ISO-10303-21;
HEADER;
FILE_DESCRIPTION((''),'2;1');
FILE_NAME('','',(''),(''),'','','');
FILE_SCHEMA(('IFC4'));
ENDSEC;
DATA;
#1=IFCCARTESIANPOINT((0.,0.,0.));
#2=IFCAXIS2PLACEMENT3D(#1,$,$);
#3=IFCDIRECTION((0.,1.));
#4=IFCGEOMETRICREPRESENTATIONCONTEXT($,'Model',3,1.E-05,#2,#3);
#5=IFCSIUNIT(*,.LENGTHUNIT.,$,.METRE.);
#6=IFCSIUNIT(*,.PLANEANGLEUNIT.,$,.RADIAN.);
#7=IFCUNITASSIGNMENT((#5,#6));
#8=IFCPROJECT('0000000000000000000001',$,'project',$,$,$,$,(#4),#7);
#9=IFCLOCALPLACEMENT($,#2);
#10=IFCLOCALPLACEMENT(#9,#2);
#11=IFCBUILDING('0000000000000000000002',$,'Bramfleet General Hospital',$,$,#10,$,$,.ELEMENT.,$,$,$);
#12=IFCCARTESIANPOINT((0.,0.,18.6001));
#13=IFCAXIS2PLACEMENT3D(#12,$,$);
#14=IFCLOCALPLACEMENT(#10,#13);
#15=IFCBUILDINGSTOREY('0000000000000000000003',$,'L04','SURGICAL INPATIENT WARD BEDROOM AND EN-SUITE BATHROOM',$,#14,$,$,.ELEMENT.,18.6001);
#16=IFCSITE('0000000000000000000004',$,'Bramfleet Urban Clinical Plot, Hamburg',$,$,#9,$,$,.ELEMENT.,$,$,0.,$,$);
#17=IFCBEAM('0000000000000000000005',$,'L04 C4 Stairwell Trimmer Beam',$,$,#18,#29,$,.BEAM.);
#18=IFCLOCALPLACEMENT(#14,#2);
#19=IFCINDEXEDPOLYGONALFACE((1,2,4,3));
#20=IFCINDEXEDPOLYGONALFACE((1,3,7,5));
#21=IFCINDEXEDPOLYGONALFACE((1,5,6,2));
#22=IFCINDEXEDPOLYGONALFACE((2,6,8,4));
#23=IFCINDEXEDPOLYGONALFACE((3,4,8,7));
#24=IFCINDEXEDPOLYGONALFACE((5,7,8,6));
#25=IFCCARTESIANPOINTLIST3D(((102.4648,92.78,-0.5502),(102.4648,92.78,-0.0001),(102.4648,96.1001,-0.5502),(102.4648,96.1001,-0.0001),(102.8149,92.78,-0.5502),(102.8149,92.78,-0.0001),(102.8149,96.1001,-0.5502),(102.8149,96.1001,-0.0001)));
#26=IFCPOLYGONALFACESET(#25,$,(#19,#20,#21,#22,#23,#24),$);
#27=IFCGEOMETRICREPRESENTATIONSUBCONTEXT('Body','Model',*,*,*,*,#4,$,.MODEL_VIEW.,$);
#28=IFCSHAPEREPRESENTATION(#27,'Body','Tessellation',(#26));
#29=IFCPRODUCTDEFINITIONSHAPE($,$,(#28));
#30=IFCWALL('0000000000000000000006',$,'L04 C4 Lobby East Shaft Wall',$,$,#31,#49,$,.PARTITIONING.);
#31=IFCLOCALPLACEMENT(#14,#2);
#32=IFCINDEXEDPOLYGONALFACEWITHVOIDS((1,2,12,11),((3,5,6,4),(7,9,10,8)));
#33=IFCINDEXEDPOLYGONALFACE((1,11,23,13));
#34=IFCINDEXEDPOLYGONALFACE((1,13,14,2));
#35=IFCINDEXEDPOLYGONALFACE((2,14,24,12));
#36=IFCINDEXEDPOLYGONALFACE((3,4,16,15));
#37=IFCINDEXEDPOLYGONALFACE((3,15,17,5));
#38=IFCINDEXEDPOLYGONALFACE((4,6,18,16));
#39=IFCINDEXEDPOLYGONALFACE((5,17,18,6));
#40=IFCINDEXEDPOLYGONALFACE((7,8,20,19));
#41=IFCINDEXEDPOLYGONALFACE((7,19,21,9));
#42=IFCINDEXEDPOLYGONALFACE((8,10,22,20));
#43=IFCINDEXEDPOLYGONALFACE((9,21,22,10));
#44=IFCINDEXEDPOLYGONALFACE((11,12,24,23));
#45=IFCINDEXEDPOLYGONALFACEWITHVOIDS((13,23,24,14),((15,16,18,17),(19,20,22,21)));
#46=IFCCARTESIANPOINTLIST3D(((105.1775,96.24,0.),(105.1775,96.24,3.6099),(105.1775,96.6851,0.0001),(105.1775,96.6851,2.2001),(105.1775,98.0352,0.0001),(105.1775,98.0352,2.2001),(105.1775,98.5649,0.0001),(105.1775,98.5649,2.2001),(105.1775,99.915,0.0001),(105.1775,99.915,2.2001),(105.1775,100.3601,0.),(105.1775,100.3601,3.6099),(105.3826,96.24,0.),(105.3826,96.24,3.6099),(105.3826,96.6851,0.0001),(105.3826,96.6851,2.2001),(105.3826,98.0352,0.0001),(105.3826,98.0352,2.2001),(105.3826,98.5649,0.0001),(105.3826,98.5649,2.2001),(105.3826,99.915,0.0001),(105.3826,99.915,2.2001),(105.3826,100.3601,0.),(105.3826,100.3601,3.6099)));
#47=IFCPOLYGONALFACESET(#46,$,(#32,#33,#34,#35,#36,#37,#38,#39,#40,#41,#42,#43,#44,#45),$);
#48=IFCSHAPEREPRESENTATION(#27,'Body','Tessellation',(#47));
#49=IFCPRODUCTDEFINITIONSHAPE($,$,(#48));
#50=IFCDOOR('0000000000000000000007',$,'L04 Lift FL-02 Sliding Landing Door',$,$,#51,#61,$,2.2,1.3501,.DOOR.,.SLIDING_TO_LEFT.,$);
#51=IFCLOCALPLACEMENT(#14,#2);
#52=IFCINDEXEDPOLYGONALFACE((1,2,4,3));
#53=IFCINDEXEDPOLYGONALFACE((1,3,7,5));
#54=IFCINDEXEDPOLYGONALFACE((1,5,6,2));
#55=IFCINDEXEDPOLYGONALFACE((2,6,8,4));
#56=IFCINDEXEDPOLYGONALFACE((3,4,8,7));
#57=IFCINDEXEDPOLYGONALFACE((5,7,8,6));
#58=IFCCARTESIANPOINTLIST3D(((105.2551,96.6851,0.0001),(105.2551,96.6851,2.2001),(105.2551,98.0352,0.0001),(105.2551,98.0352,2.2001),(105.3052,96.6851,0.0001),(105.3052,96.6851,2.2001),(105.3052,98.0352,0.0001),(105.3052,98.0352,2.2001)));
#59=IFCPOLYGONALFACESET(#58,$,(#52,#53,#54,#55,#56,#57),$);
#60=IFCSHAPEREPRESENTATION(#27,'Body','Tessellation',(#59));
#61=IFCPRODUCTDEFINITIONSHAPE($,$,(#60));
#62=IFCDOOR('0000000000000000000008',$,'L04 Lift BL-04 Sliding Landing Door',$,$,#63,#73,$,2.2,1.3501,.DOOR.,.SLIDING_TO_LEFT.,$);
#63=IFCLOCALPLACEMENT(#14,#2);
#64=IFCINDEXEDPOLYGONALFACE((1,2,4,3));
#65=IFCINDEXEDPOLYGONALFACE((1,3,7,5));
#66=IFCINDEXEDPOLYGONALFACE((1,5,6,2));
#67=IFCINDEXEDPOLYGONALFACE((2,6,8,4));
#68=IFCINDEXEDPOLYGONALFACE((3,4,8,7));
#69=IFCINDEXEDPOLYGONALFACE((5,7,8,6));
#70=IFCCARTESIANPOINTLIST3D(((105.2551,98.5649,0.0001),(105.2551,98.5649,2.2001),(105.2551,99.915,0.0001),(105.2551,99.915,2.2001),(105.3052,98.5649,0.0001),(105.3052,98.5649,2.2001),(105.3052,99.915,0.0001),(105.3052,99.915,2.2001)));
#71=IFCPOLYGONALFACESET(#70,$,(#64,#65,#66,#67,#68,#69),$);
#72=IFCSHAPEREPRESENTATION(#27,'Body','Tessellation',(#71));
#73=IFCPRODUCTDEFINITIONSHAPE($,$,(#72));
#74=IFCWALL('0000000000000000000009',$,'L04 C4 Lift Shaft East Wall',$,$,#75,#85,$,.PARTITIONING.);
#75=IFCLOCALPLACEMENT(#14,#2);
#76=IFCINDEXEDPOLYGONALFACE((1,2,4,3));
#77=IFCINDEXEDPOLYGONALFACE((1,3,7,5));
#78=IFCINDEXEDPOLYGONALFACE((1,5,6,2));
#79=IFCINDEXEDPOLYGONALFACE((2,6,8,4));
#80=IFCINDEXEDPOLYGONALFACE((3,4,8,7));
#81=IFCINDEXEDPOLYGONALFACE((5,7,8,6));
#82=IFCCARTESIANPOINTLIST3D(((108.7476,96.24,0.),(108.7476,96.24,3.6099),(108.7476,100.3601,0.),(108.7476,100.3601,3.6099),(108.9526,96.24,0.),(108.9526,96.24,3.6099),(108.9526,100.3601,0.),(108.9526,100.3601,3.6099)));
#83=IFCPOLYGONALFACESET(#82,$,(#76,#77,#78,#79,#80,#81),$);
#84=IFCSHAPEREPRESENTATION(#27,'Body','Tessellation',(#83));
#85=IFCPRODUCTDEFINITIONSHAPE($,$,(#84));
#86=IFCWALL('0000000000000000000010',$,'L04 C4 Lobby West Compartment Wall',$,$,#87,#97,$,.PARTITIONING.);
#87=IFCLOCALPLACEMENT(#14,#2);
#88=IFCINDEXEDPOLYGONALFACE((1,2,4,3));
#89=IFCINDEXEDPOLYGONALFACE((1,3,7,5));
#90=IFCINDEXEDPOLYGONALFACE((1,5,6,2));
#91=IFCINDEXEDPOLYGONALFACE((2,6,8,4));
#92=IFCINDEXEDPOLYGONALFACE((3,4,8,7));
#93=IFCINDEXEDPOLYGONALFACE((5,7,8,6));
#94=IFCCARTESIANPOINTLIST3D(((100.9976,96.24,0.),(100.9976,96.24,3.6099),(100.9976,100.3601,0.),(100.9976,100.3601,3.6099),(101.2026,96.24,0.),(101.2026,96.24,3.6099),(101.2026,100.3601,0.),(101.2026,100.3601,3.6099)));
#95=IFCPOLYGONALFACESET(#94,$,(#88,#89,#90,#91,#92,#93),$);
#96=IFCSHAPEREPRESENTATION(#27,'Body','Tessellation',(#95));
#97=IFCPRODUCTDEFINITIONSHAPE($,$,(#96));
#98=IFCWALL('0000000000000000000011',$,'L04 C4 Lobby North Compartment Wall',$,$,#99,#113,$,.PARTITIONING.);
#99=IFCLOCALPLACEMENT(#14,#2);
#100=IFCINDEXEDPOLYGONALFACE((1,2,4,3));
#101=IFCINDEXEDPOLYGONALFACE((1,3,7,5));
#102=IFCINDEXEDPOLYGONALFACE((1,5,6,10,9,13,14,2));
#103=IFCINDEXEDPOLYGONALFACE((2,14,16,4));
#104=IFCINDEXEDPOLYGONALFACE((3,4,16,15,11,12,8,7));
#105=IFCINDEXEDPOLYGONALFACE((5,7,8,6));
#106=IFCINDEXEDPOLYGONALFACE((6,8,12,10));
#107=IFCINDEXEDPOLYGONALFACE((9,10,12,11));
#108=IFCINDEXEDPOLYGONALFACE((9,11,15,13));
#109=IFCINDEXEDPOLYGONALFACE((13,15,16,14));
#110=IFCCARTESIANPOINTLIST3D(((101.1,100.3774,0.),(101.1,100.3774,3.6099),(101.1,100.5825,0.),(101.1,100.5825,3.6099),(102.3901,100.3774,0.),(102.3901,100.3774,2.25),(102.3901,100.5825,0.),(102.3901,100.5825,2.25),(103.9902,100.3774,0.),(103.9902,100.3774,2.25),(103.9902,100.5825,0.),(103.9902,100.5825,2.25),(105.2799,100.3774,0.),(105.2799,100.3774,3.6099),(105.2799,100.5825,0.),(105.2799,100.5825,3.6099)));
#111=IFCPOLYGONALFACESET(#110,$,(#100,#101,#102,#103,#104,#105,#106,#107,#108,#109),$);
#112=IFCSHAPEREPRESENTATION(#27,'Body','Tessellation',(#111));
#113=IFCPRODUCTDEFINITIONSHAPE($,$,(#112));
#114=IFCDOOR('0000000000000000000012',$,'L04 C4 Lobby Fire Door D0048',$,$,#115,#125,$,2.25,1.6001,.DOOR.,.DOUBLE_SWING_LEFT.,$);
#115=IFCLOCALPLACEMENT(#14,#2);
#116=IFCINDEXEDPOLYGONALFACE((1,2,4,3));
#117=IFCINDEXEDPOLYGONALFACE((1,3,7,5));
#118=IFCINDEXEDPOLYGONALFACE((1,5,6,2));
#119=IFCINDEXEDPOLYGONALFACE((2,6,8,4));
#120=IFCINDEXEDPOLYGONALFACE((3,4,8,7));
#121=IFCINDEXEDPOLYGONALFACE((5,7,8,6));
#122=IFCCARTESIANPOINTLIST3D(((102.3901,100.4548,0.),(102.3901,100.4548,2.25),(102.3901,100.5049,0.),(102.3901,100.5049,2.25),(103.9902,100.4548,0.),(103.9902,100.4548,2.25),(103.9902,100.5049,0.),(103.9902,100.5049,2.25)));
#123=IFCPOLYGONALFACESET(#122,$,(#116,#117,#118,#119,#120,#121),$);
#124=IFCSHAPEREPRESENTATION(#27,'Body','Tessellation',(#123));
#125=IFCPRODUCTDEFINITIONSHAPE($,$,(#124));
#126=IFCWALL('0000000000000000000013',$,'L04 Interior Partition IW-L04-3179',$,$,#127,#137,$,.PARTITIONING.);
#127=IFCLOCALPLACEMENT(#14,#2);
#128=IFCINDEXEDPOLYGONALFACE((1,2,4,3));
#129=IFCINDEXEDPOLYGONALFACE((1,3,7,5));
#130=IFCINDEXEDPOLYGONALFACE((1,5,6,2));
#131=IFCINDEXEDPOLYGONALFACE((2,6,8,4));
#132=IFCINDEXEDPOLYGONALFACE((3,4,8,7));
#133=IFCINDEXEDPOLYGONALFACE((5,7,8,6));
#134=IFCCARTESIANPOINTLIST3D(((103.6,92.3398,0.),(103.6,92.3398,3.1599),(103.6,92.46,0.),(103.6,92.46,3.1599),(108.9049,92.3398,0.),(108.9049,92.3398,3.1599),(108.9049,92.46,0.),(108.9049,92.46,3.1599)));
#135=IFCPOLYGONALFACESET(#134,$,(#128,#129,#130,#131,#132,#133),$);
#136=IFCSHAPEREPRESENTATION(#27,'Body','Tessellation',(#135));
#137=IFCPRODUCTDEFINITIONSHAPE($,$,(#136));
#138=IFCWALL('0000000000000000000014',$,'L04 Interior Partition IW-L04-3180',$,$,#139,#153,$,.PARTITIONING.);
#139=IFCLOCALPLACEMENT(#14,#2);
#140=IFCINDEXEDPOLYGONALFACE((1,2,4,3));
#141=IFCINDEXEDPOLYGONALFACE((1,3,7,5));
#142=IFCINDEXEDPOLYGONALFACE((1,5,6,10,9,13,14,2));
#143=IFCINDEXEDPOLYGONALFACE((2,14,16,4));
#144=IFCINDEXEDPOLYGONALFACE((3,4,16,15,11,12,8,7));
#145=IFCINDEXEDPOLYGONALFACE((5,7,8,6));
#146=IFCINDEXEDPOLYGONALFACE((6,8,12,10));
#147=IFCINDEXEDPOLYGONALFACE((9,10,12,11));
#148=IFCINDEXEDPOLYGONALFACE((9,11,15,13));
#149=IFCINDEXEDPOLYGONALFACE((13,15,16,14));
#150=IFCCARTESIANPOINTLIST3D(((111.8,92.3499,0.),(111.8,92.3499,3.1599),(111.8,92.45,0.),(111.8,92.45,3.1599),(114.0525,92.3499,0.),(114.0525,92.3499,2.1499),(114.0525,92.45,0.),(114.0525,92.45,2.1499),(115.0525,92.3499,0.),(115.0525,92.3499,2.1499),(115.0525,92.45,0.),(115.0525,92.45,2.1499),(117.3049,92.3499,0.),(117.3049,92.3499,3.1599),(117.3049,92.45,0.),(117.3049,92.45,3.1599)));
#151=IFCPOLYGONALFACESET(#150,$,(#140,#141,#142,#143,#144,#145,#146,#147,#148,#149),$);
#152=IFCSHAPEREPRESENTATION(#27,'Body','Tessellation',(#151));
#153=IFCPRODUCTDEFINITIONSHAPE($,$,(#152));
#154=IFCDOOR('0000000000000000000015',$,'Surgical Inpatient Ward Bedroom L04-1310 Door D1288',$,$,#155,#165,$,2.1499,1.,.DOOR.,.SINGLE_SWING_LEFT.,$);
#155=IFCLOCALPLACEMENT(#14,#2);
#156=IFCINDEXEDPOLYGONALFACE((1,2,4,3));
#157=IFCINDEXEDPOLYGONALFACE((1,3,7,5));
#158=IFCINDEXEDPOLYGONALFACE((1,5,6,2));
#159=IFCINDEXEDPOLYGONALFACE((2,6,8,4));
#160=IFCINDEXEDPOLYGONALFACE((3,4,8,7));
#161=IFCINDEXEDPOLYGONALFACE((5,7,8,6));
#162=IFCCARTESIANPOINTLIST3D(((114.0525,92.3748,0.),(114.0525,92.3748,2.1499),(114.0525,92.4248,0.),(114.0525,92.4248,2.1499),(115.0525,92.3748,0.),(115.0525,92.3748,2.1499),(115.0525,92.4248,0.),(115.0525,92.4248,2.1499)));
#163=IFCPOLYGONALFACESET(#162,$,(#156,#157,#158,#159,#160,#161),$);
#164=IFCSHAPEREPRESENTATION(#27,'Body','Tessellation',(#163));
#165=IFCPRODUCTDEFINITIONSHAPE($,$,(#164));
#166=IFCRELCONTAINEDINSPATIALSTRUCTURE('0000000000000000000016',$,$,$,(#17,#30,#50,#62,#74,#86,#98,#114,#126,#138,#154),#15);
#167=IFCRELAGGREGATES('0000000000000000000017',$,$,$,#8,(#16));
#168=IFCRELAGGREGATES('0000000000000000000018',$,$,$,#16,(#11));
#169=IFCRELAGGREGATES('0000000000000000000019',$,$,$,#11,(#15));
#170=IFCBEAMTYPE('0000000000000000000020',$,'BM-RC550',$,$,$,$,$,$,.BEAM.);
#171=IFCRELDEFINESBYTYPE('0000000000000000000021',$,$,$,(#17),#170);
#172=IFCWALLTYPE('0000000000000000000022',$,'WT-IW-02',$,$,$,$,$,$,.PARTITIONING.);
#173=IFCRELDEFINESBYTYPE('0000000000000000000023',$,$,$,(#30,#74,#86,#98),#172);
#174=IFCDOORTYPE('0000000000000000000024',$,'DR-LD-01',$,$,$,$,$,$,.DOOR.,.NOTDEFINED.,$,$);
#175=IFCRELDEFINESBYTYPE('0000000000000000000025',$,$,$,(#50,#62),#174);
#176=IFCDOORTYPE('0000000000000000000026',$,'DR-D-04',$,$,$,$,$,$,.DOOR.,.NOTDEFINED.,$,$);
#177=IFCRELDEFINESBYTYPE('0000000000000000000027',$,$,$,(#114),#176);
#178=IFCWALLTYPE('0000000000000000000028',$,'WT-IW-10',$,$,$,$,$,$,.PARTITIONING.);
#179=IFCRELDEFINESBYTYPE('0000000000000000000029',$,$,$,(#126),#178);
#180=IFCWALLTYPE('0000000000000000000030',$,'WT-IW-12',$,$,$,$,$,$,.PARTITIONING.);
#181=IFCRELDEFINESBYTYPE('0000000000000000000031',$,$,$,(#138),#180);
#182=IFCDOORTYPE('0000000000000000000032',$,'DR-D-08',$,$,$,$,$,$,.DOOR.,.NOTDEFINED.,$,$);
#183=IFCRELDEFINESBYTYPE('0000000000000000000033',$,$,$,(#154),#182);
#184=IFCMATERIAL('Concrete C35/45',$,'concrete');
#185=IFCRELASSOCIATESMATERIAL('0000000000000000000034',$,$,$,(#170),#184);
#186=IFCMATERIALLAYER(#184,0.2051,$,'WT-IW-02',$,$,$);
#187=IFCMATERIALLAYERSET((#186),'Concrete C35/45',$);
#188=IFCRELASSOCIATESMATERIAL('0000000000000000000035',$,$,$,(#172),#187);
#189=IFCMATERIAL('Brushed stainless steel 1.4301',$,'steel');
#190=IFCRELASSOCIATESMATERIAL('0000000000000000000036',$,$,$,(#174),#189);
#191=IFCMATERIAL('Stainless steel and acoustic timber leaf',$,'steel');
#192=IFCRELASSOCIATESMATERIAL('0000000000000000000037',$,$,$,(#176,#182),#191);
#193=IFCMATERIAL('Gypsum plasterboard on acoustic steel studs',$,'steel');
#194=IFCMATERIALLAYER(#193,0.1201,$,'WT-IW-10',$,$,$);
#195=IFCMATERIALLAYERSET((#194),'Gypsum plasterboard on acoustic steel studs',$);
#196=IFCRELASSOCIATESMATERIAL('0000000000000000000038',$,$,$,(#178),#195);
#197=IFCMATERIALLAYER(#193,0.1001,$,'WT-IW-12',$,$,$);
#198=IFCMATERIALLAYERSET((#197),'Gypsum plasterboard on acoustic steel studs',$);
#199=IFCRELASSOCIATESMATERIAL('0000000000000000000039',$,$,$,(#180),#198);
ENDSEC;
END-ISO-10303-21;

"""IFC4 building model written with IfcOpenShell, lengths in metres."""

from ifc_helpers import new_model, si_unit, direction, frame, frame_2d, origin, origin_2d, place, context, subcontext, project, spatial, rectangle, extrude, material, layer, layer_set, material_profile, profile_set, type_object, element, fill, save


model = new_model("IFC4")

# Units and contexts
model_context = context("Model", 3, precision=1e-05, world=origin(), true_north=direction((0.0, 1.0)))
body_context = subcontext(model_context, "Body", "Model", "MODEL_VIEW")
ifc_project = project(units=[si_unit("LENGTHUNIT", "METRE"), si_unit("PLANEANGLEUNIT", "RADIAN")], contexts=[model_context])

# Site, building, storey
site_placement = place(None, origin())
site = spatial("IfcSite", under=ifc_project, at=site_placement, Name="Bramfleet Urban Clinical Plot, Hamburg", CompositionType="ELEMENT", RefElevation=0.0)
building_placement = place(site_placement, origin())
building = spatial("IfcBuilding", under=site, at=building_placement, Name="Bramfleet General Hospital", CompositionType="ELEMENT")
storey_placement = place(building_placement, frame((0.0, 0.0, 18.6001)))
storey = spatial("IfcBuildingStorey", under=building, at=storey_placement, Name="L04", Description="SURGICAL INPATIENT WARD BEDROOM AND EN-SUITE BATHROOM", CompositionType="ELEMENT", Elevation=18.6001)

# Beam
ifc_material_1 = material(Name="Concrete C35/45", Category="concrete")
ifc_material_profile_1 = material_profile(ifc_material_1, rectangle(XDim=0.3501, YDim=0.55, at=origin_2d()), Name="RC BM 550x350")
ifc_profile_set_1 = profile_set([ifc_material_profile_1], Name="Concrete C35/45")
beam_type_1 = type_object("IfcBeamType", Name="BM-RC550", PredefinedType="BEAM", material=ifc_profile_set_1)
beam_1_placement = place(storey_placement, frame((102.6399, 92.78, -0.2751), z_axis=(0.0, 1.0, 0.0), x_axis=(-1.0, 0.0, 0.0)))
element("IfcBeam", 1, at=beam_1_placement, inside=storey, type_object=beam_type_1, Name="L04 C4 Stairwell Trimmer Beam", PredefinedType="BEAM", context=body_context, shape_type="SweptSolid", body=[
    extrude(rectangle(XDim=0.3501, YDim=0.55, at=origin_2d()), origin(), (0.0, 0.0, 1.0), 3.3201),
])

# Wall, openings, doors
ifc_layer_1 = layer(ifc_material_1, 0.2051, Name="WT-IW-02")
ifc_layer_set_1 = layer_set([ifc_layer_1], Name="Concrete C35/45")
wall_type_1 = type_object("IfcWallType", Name="WT-IW-02", PredefinedType="PARTITIONING", material=ifc_layer_set_1)
wall_1_placement = place(storey_placement, frame((105.28, 96.24, 0.0), z_axis=(0.0, 0.0, 1.0), x_axis=(0.0, 1.0, 0.0)))
wall_1 = element("IfcWall", 2, at=wall_1_placement, inside=storey, type_object=wall_type_1, Name="L04 C4 Lobby East Shaft Wall", PredefinedType="PARTITIONING", context=body_context, shape_type="SweptSolid", body=[
    extrude(rectangle(XDim=4.1201, YDim=0.2051, at=frame_2d((2.0601, 0.0))), origin(), (0.0, 0.0, 1.0), 3.6099),
])
opening_1_placement = place(wall_1_placement, frame((0.4451, 0.0, 0.0)))
opening_1 = element("IfcOpeningElement", 3, at=opening_1_placement, cuts=wall_1, PredefinedType="OPENING", context=body_context, shape_type="SweptSolid", body=[
    extrude(rectangle(XDim=1.3501, YDim=2.2, at=frame_2d((0.675, 1.1001))), frame((0.0, 0.1125, 0.0), z_axis=(0.0, -1.0, 0.0), x_axis=(1.0, 0.0, 0.0)), (0.0, 0.0, 1.0), 0.2251),
])
opening_2_placement = place(wall_1_placement, frame((2.325, 0.0, 0.0)))
opening_2 = element("IfcOpeningElement", 4, at=opening_2_placement, cuts=wall_1, PredefinedType="OPENING", context=body_context, shape_type="SweptSolid", body=[
    extrude(rectangle(XDim=1.3501, YDim=2.2, at=frame_2d((0.675, 1.1001))), frame((0.0, 0.1125, 0.0), z_axis=(0.0, -1.0, 0.0), x_axis=(1.0, 0.0, 0.0)), (0.0, 0.0, 1.0), 0.2251),
])
ifc_material_2 = material(Name="Brushed stainless steel 1.4301", Category="steel")
door_type_1 = type_object("IfcDoorType", Name="DR-LD-01", OperationType="NOTDEFINED", PredefinedType="DOOR", material=ifc_material_2)
door_1_placement = place(opening_1_placement, origin())
door_1 = element("IfcDoor", 5, at=door_1_placement, inside=storey, type_object=door_type_1, Name="L04 Lift FL-02 Sliding Landing Door", OperationType="SLIDING_TO_LEFT", OverallHeight=2.2, OverallWidth=1.3501, PredefinedType="DOOR", context=body_context, shape_type="SweptSolid", body=[
    extrude(rectangle(XDim=1.3501, YDim=2.2, at=frame_2d((0.675, 1.1001))), frame((0.0, 0.0249, 0.0), z_axis=(0.0, -1.0, 0.0), x_axis=(1.0, 0.0, 0.0)), (0.0, 0.0, 1.0), 0.05),
])
fill(opening_1, door_1)
door_2_placement = place(opening_2_placement, origin())
door_2 = element("IfcDoor", 6, at=door_2_placement, inside=storey, type_object=door_type_1, Name="L04 Lift BL-04 Sliding Landing Door", OperationType="SLIDING_TO_LEFT", OverallHeight=2.2, OverallWidth=1.3501, PredefinedType="DOOR", context=body_context, shape_type="SweptSolid", body=[
    extrude(rectangle(XDim=1.3501, YDim=2.2, at=frame_2d((0.675, 1.1001))), frame((0.0, 0.0249, 0.0), z_axis=(0.0, -1.0, 0.0), x_axis=(1.0, 0.0, 0.0)), (0.0, 0.0, 1.0), 0.05),
])
fill(opening_2, door_2)

# Walls
for number, where, z_axis, x_axis, name in (
    (7, (108.8501, 96.24, 0.0), (0.0, 0.0, 1.0), (0.0, 1.0, 0.0), "L04 C4 Lift Shaft East Wall"),
    (8, (101.1001, 96.24, 0.0), (0.0, 0.0, 1.0), (0.0, 1.0, 0.0), "L04 C4 Lobby West Compartment Wall"),
):
    element("IfcWall", number, at=place(storey_placement, frame(where, z_axis=z_axis, x_axis=x_axis)), inside=storey, type_object=wall_type_1, Name=name, PredefinedType="PARTITIONING", context=body_context, shape_type="SweptSolid", body=[
        extrude(rectangle(XDim=4.1201, YDim=0.2051, at=frame_2d((2.0601, 0.0))), origin(), (0.0, 0.0, 1.0), 3.6099),
    ])

# Wall, opening, door
wall_2_placement = place(storey_placement, frame((101.1001, 100.48, 0.0), z_axis=(0.0, 0.0, 1.0), x_axis=(1.0, 0.0, 0.0)))
wall_2 = element("IfcWall", 9, at=wall_2_placement, inside=storey, type_object=wall_type_1, Name="L04 C4 Lobby North Compartment Wall", PredefinedType="PARTITIONING", context=body_context, shape_type="SweptSolid", body=[
    extrude(rectangle(XDim=4.1799, YDim=0.2051, at=frame_2d((2.0898, 0.0))), origin(), (0.0, 0.0, 1.0), 3.6099),
])
opening_3_placement = place(wall_2_placement, frame((1.29, 0.0, 0.0)))
opening_3 = element("IfcOpeningElement", 10, at=opening_3_placement, cuts=wall_2, PredefinedType="OPENING", context=body_context, shape_type="SweptSolid", body=[
    extrude(rectangle(XDim=1.6001, YDim=2.25, at=frame_2d((0.8, 1.125))), frame((0.0, 0.1125, 0.0), z_axis=(0.0, -1.0, 0.0), x_axis=(1.0, 0.0, 0.0)), (0.0, 0.0, 1.0), 0.2251),
])
ifc_material_3 = material(Name="Stainless steel and acoustic timber leaf", Category="steel")
door_type_2 = type_object("IfcDoorType", Name="DR-D-04", OperationType="NOTDEFINED", PredefinedType="DOOR", material=ifc_material_3)
door_3_placement = place(opening_3_placement, origin())
door_3 = element("IfcDoor", 11, at=door_3_placement, inside=storey, type_object=door_type_2, Name="L04 C4 Lobby Fire Door D0048", OperationType="DOUBLE_SWING_LEFT", OverallHeight=2.25, OverallWidth=1.6001, PredefinedType="DOOR", context=body_context, shape_type="SweptSolid", body=[
    extrude(rectangle(XDim=1.6001, YDim=2.25, at=frame_2d((0.8, 1.125))), frame((0.0, 0.0249, 0.0), z_axis=(0.0, -1.0, 0.0), x_axis=(1.0, 0.0, 0.0)), (0.0, 0.0, 1.0), 0.05),
])
fill(opening_3, door_3)

# Wall
ifc_material_4 = material(Name="Gypsum plasterboard on acoustic steel studs", Category="steel")
ifc_layer_2 = layer(ifc_material_4, 0.1201, Name="WT-IW-10")
ifc_layer_set_2 = layer_set([ifc_layer_2], Name="Gypsum plasterboard on acoustic steel studs")
wall_type_2 = type_object("IfcWallType", Name="WT-IW-10", PredefinedType="PARTITIONING", material=ifc_layer_set_2)
wall_3_placement = place(storey_placement, frame((103.6001, 92.3999, 0.0), z_axis=(0.0, 0.0, 1.0), x_axis=(1.0, 0.0, 0.0)))
element("IfcWall", 12, at=wall_3_placement, inside=storey, type_object=wall_type_2, Name="L04 Interior Partition IW-L04-3179", PredefinedType="PARTITIONING", context=body_context, shape_type="SweptSolid", body=[
    extrude(rectangle(XDim=5.3049, YDim=0.1201, at=frame_2d((2.6523, 0.0))), origin(), (0.0, 0.0, 1.0), 3.1599),
])

# Wall, opening, door
ifc_layer_3 = layer(ifc_material_4, 0.1001, Name="WT-IW-12")
ifc_layer_set_3 = layer_set([ifc_layer_3], Name="Gypsum plasterboard on acoustic steel studs")
wall_type_3 = type_object("IfcWallType", Name="WT-IW-12", PredefinedType="PARTITIONING", material=ifc_layer_set_3)
wall_4_placement = place(storey_placement, frame((111.8, 92.3999, 0.0), z_axis=(0.0, 0.0, 1.0), x_axis=(1.0, 0.0, 0.0)))
wall_4 = element("IfcWall", 13, at=wall_4_placement, inside=storey, type_object=wall_type_3, Name="L04 Interior Partition IW-L04-3180", PredefinedType="PARTITIONING", context=body_context, shape_type="SweptSolid", body=[
    extrude(rectangle(XDim=5.5049, YDim=0.1001, at=frame_2d((2.7524, 0.0))), origin(), (0.0, 0.0, 1.0), 3.1599),
])
opening_4_placement = place(wall_4_placement, frame((2.2524, 0.0, 0.0)))
opening_4 = element("IfcOpeningElement", 14, at=opening_4_placement, cuts=wall_4, PredefinedType="OPENING", context=body_context, shape_type="SweptSolid", body=[
    extrude(rectangle(XDim=1.0, YDim=2.1499, at=frame_2d((0.5, 1.075))), frame((0.0, 0.0601, 0.0), z_axis=(0.0, -1.0, 0.0), x_axis=(1.0, 0.0, 0.0)), (0.0, 0.0, 1.0), 0.1201),
])
door_type_3 = type_object("IfcDoorType", Name="DR-D-08", OperationType="NOTDEFINED", PredefinedType="DOOR", material=ifc_material_3)
door_4_placement = place(opening_4_placement, origin())
door_4 = element("IfcDoor", 15, at=door_4_placement, inside=storey, type_object=door_type_3, Name="Surgical Inpatient Ward Bedroom L04-1310 Door D1288", OperationType="SINGLE_SWING_LEFT", OverallHeight=2.1499, OverallWidth=1.0, PredefinedType="DOOR", context=body_context, shape_type="SweptSolid", body=[
    extrude(rectangle(XDim=1.0, YDim=2.1499, at=frame_2d((0.5, 1.075))), frame((0.0, 0.0249, 0.0), z_axis=(0.0, -1.0, 0.0), x_axis=(1.0, 0.0, 0.0)), (0.0, 0.0, 1.0), 0.05),
])
fill(opening_4, door_4)

save(model, "model.ifc")
